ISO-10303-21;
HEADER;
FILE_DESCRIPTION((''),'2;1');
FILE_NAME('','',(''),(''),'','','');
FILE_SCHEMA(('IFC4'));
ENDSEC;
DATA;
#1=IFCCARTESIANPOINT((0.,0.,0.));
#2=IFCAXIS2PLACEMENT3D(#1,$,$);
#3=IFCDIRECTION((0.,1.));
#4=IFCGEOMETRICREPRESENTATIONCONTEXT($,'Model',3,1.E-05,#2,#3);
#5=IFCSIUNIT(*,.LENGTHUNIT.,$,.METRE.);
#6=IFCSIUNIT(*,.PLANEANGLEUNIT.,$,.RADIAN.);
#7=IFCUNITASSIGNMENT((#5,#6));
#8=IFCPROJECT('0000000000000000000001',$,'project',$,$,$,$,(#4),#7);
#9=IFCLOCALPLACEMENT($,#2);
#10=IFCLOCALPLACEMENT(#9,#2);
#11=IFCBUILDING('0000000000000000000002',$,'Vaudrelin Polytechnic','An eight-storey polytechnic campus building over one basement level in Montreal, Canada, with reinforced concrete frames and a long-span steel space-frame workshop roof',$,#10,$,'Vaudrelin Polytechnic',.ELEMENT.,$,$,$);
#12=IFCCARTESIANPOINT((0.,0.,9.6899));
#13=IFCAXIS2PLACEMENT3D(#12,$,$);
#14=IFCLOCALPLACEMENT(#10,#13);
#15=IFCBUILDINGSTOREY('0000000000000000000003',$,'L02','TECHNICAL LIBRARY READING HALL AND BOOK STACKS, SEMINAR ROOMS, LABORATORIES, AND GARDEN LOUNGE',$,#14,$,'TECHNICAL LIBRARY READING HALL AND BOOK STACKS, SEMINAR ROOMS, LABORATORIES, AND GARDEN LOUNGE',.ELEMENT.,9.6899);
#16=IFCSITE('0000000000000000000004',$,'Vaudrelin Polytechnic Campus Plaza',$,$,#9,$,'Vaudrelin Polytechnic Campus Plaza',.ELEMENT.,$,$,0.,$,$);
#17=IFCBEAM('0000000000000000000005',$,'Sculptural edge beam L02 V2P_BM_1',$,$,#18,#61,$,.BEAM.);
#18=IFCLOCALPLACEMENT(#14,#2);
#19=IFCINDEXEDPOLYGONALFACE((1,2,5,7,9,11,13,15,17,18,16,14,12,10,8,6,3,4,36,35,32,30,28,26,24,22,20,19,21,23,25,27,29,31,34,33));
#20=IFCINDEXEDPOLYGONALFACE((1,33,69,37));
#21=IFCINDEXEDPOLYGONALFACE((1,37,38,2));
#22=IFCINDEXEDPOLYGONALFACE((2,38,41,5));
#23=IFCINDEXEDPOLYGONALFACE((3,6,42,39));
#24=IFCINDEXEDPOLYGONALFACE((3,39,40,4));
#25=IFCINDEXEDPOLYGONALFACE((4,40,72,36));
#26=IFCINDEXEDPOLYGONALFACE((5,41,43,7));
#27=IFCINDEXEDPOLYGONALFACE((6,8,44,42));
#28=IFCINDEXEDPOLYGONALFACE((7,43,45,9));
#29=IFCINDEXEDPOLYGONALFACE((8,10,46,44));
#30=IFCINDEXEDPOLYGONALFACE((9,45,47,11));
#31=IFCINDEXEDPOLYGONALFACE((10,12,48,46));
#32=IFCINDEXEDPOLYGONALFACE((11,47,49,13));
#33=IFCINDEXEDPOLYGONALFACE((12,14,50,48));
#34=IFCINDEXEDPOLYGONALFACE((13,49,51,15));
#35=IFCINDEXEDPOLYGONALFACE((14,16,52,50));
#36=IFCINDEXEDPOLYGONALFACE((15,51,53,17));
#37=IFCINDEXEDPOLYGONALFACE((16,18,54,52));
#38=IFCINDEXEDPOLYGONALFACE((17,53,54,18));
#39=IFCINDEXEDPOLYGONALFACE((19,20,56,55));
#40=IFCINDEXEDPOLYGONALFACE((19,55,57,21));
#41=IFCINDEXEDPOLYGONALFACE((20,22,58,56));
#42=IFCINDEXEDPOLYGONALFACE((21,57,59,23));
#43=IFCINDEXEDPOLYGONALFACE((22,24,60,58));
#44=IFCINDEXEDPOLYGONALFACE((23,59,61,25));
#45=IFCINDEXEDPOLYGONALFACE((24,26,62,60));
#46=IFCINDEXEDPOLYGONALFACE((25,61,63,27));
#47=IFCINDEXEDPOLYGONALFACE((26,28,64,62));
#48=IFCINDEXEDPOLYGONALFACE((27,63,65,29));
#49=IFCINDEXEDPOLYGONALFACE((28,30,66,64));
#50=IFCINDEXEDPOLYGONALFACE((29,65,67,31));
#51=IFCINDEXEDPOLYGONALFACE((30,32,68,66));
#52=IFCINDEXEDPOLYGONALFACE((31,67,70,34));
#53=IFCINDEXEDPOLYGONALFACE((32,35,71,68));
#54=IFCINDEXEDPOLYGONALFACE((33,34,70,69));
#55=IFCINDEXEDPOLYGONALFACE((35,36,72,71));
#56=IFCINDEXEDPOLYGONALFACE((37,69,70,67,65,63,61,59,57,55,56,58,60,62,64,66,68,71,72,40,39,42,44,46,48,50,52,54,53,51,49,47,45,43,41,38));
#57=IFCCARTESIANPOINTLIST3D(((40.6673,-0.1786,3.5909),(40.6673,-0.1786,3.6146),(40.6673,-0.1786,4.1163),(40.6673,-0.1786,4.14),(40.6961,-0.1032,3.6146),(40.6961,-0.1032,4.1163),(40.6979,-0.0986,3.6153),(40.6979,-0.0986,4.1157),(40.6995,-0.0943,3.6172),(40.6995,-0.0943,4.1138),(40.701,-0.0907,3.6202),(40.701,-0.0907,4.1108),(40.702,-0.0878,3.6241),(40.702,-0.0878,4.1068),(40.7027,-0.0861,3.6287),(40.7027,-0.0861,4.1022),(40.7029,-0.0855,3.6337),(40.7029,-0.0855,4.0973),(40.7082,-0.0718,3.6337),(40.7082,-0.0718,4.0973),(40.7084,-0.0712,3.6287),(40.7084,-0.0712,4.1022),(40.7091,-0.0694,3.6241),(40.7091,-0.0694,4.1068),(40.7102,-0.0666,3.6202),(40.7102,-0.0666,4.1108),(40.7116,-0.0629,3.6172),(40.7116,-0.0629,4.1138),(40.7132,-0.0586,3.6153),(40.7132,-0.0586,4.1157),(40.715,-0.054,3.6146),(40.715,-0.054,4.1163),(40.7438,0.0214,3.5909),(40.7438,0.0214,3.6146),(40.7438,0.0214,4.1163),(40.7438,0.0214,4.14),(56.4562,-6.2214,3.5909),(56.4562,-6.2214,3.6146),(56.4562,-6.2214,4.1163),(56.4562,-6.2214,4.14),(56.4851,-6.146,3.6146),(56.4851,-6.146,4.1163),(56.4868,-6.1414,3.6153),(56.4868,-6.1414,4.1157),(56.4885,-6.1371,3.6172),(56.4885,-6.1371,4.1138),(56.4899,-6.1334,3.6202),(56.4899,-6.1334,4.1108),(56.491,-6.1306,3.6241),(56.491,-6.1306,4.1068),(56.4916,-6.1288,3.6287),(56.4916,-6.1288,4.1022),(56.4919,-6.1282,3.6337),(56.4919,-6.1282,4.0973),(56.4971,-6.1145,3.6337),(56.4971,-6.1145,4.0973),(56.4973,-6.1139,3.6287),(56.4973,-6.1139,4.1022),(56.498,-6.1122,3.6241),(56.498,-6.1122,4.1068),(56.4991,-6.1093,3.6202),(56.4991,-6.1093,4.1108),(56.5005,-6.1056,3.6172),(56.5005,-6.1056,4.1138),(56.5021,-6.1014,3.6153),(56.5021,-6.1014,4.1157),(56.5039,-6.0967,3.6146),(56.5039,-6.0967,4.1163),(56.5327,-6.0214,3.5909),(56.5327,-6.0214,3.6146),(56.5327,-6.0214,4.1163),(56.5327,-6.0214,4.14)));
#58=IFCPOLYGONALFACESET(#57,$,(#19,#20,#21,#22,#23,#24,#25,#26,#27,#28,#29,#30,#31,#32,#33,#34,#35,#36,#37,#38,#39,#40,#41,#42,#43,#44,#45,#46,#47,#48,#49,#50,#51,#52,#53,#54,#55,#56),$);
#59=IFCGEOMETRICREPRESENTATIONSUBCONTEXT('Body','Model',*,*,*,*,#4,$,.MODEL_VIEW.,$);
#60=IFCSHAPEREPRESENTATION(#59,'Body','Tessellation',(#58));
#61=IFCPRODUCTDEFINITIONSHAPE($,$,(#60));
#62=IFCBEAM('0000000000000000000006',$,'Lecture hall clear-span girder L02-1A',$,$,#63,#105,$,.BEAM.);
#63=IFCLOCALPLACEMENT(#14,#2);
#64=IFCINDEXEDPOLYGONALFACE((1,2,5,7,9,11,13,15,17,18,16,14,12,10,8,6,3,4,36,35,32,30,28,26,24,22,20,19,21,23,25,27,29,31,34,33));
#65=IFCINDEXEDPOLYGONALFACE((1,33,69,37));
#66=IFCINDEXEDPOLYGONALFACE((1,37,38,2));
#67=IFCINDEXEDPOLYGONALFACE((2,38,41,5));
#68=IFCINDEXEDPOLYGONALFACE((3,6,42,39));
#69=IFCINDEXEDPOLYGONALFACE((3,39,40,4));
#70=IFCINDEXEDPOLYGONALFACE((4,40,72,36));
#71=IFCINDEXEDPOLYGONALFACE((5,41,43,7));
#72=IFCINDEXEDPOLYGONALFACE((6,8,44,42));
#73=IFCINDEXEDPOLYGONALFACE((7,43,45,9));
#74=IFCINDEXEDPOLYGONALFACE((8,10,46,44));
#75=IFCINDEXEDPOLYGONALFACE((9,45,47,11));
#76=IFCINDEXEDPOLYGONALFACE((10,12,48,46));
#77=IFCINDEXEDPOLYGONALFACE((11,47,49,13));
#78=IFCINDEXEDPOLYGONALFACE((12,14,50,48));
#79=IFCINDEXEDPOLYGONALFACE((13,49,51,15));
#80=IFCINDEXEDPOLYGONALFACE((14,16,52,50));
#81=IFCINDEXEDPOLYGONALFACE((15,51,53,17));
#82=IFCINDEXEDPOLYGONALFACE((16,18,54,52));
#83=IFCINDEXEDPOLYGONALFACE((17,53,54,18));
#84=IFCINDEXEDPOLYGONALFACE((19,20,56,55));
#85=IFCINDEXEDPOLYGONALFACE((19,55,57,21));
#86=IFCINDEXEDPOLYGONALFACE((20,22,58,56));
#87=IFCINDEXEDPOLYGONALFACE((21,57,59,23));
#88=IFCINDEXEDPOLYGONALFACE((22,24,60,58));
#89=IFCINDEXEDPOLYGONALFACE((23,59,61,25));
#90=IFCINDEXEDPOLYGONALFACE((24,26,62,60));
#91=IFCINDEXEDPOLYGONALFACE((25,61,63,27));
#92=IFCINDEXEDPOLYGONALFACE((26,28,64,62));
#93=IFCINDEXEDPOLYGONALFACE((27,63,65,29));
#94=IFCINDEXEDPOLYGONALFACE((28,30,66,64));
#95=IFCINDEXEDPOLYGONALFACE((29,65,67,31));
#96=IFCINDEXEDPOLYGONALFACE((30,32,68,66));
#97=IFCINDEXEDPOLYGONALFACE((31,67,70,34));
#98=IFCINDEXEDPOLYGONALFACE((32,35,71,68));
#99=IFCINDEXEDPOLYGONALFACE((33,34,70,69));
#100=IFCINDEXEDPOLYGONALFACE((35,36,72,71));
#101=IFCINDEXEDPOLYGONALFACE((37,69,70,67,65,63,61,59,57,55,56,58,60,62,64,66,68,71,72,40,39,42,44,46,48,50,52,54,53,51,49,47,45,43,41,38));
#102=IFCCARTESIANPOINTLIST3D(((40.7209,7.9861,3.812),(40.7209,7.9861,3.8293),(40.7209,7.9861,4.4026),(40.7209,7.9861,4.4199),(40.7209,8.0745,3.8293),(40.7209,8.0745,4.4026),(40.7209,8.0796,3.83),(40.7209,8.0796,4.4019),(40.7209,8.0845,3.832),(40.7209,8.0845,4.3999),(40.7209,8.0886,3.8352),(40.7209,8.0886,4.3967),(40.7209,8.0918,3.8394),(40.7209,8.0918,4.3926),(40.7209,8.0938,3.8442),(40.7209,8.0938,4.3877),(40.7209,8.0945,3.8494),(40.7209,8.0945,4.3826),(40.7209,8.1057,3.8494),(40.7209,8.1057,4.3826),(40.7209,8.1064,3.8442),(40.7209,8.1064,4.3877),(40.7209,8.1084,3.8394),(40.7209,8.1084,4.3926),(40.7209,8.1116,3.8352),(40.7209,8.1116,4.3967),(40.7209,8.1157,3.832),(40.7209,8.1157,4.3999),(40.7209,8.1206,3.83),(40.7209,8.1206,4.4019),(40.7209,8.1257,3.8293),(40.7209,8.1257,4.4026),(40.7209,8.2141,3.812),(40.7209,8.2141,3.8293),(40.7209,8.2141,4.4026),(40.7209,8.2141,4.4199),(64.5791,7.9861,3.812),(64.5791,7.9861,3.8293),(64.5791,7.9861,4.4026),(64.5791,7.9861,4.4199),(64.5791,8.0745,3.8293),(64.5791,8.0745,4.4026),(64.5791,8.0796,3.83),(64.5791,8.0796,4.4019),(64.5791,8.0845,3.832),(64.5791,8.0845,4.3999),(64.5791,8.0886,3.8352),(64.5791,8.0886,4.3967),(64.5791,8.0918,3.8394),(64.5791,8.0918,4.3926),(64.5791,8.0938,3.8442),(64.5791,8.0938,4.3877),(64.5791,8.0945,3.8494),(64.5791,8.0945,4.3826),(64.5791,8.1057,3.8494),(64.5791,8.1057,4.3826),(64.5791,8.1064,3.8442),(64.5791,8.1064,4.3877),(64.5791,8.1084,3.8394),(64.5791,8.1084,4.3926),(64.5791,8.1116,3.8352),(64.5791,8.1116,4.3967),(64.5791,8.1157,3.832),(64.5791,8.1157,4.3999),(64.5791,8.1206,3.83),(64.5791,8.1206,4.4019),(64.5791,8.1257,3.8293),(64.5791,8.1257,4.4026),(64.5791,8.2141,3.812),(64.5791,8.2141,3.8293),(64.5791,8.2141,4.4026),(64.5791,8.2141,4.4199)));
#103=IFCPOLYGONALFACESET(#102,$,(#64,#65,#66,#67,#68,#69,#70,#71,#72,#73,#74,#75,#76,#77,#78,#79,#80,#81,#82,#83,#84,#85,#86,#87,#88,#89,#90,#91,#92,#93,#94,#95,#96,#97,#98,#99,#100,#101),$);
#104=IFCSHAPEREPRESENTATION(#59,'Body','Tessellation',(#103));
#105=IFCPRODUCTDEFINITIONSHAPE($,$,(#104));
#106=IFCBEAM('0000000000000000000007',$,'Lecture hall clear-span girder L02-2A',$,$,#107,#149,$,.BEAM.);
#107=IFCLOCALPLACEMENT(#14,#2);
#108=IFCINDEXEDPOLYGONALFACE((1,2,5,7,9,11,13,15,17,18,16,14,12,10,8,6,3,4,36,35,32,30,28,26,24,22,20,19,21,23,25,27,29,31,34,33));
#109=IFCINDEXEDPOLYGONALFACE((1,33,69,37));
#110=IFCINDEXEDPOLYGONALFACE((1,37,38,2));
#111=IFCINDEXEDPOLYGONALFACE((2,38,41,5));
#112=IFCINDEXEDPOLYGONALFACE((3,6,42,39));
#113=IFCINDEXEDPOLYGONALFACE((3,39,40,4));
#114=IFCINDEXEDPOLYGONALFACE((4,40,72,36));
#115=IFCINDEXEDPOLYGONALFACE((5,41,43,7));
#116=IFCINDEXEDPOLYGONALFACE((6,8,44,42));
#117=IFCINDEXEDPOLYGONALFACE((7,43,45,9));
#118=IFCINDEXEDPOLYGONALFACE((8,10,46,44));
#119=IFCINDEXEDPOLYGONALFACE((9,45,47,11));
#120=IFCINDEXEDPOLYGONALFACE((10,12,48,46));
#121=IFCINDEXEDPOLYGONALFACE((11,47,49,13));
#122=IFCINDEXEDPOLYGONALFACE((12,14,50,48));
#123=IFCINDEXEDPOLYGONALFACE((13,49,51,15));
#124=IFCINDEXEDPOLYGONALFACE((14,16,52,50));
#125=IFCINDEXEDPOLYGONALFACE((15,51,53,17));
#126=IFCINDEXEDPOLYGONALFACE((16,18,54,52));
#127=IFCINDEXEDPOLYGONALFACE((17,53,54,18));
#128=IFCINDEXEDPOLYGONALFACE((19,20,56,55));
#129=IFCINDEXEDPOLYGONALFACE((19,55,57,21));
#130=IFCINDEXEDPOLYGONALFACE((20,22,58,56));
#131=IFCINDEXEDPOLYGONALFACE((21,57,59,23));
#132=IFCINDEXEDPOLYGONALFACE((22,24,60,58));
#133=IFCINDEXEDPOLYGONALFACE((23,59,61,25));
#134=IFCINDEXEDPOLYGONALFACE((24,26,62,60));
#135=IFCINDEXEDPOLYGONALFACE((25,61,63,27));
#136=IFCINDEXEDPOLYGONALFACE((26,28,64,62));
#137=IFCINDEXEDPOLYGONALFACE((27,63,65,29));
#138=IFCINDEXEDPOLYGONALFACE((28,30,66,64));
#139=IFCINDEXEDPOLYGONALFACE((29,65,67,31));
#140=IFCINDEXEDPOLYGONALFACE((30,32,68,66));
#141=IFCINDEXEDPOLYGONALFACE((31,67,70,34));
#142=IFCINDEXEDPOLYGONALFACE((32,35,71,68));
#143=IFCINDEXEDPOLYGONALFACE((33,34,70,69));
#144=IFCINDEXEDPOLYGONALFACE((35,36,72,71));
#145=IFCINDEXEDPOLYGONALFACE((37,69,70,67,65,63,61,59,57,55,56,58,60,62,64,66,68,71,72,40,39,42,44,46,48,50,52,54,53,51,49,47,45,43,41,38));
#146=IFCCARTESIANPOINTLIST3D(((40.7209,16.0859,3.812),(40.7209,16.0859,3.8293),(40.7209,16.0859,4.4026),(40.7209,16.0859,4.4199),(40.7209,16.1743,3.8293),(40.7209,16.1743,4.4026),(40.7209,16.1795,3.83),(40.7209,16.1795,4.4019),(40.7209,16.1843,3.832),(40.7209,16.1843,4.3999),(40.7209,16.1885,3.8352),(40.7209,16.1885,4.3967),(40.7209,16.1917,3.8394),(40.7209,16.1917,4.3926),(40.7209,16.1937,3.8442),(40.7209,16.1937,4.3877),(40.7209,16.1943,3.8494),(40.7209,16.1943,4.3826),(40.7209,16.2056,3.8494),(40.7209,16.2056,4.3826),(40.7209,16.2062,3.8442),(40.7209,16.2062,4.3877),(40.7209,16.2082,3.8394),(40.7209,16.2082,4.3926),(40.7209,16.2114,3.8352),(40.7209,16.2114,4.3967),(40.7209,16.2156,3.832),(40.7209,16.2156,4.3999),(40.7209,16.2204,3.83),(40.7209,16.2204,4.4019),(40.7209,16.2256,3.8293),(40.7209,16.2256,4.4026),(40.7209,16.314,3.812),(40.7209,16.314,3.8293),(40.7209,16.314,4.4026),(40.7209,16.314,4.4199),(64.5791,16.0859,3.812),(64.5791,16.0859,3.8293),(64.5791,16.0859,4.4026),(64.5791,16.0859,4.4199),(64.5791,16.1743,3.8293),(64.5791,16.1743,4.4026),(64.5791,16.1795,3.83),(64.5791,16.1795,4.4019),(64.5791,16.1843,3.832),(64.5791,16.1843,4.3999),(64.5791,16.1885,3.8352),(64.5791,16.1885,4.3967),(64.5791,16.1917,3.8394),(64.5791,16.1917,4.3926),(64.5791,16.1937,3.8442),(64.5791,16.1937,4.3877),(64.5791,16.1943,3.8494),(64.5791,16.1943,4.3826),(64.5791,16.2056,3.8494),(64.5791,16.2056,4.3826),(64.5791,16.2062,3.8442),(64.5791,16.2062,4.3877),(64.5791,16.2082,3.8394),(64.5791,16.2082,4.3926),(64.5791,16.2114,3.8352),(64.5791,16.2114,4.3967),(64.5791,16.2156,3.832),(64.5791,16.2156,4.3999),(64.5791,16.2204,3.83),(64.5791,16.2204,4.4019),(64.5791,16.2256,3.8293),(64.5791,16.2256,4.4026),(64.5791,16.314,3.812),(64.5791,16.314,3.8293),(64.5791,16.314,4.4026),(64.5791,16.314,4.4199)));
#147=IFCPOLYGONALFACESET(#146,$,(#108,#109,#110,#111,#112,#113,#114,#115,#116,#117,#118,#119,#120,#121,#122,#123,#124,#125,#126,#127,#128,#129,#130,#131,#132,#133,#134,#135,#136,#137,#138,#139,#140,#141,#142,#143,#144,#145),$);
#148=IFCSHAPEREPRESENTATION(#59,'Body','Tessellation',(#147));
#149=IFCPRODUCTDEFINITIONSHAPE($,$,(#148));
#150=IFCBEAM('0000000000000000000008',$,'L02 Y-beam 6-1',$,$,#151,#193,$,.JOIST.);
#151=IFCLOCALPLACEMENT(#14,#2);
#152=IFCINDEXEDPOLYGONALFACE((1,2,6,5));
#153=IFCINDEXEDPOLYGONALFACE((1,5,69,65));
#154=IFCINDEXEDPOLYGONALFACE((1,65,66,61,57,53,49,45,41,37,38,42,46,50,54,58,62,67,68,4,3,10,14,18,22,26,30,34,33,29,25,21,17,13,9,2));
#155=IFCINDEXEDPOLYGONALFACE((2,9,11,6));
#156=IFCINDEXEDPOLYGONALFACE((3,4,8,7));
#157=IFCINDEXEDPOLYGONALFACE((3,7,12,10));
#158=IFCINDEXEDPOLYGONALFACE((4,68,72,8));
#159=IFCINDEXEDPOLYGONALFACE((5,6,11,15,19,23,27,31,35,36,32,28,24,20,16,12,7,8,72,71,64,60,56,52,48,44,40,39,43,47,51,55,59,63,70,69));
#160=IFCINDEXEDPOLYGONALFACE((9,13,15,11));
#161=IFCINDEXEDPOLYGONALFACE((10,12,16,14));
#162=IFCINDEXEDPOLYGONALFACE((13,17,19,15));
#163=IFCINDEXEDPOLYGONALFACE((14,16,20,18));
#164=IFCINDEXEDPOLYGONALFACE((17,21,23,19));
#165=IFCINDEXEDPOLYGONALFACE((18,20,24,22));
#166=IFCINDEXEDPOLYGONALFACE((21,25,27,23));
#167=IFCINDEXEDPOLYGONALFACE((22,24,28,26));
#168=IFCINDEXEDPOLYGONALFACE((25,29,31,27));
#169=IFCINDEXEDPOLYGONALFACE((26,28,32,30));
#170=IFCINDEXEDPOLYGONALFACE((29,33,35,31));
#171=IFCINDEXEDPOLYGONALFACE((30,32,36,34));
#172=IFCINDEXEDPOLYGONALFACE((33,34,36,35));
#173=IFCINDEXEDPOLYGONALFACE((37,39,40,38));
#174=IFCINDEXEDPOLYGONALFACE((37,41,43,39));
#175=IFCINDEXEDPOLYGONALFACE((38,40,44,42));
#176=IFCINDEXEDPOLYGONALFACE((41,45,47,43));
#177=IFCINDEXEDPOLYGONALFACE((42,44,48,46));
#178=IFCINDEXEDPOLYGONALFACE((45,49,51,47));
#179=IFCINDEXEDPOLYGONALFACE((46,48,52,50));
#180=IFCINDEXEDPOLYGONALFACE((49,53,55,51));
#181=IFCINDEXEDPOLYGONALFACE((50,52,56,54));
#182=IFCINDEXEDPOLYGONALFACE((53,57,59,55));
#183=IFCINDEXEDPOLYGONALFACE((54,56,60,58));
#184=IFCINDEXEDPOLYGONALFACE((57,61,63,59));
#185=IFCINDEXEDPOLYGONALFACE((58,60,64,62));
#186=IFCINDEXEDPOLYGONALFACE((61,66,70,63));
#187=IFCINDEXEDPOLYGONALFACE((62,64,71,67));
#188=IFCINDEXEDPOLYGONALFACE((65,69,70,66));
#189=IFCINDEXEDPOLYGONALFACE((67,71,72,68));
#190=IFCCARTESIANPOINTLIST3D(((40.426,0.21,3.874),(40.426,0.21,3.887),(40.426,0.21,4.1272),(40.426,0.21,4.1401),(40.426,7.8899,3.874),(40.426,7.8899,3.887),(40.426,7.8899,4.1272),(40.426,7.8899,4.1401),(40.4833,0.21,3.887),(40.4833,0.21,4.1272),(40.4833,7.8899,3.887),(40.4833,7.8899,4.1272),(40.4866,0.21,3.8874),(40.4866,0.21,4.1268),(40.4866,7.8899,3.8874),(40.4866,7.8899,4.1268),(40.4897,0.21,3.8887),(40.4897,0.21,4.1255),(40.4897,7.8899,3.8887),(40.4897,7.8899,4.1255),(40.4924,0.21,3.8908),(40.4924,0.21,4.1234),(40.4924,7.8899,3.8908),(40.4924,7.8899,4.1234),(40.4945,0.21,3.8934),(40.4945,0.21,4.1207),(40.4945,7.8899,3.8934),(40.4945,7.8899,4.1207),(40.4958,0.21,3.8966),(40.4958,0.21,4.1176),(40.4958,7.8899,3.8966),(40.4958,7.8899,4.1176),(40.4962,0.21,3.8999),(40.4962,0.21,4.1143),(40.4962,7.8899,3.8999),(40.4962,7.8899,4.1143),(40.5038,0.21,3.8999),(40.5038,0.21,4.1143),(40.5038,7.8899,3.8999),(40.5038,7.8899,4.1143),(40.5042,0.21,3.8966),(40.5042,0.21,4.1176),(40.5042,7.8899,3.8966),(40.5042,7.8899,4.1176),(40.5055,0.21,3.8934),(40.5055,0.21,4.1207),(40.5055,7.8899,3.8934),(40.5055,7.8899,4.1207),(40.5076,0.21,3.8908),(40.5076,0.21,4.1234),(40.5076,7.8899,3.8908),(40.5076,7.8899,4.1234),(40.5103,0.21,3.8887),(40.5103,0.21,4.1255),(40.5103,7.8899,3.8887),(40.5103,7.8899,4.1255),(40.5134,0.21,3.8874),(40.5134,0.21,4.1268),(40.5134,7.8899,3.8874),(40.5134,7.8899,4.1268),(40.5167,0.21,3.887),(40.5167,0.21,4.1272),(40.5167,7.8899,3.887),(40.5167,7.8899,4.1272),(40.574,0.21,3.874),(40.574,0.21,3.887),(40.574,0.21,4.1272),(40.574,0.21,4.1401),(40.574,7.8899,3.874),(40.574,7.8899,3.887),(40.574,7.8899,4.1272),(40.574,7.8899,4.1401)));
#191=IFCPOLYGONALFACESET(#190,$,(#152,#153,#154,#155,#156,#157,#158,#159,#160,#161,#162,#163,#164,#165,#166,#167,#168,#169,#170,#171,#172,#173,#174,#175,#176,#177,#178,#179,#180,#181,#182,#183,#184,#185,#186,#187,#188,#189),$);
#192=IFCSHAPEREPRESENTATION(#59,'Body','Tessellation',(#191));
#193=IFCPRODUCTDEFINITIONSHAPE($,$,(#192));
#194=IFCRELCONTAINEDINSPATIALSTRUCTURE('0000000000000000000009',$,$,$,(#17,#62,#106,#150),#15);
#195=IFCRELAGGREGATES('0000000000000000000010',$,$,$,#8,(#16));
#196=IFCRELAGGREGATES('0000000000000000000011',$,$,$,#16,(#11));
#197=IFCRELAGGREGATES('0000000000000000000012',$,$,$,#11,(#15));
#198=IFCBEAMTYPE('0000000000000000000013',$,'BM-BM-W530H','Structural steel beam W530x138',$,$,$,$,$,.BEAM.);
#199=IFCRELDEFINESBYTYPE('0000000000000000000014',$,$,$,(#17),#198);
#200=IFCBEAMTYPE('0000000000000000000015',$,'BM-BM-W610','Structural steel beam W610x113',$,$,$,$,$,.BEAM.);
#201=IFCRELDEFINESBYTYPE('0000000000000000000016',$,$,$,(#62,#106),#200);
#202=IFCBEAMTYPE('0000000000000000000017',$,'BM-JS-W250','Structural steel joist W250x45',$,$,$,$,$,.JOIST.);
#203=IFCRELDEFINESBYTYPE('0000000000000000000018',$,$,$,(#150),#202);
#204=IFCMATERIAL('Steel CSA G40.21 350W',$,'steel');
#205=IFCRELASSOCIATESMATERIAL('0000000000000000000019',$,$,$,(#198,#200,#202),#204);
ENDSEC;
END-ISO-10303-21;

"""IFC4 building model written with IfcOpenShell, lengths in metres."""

from ifc_helpers import new_model, si_unit, direction, frame, origin, origin_2d, place, context, subcontext, project, spatial, i_section, extrude, material, material_profile, profile_set, type_object, element, save


model = new_model("IFC4")

# Units and contexts
model_context = context("Model", 3, precision=1e-05, world=origin(), true_north=direction((0.0, 1.0)))
body_context = subcontext(model_context, "Body", "Model", "MODEL_VIEW")
ifc_project = project(units=[si_unit("LENGTHUNIT", "METRE"), si_unit("PLANEANGLEUNIT", "RADIAN")], contexts=[model_context])

# Site, building, storey
site_placement = place(None, origin())
site = spatial("IfcSite", under=ifc_project, at=site_placement, Name="Vaudrelin Polytechnic Campus Plaza", LongName="Vaudrelin Polytechnic Campus Plaza", CompositionType="ELEMENT", RefElevation=0.0)
building_placement = place(site_placement, origin())
building = spatial("IfcBuilding", under=site, at=building_placement, Name="Vaudrelin Polytechnic", Description="An eight-storey polytechnic campus building over one basement level in Montreal, Canada, with reinforced concrete frames and a long-span steel space-frame workshop roof", LongName="Vaudrelin Polytechnic", CompositionType="ELEMENT")
storey_placement = place(building_placement, frame((0.0, 0.0, 9.6899)))
storey = spatial("IfcBuildingStorey", under=building, at=storey_placement, Name="L02", Description="TECHNICAL LIBRARY READING HALL AND BOOK STACKS, SEMINAR ROOMS, LABORATORIES, AND GARDEN LOUNGE", LongName="TECHNICAL LIBRARY READING HALL AND BOOK STACKS, SEMINAR ROOMS, LABORATORIES, AND GARDEN LOUNGE", CompositionType="ELEMENT", Elevation=9.6899)

# Shared definitions
ifc_material_1 = material(Name="Steel CSA G40.21 350W", Category="steel")

# Beams
ifc_material_profile_1 = material_profile(ifc_material_1, i_section(OverallWidth=0.2141, OverallDepth=0.5491, WebThickness=0.0146, FlangeThickness=0.0237, FilletRadius=0.019, at=origin_2d()), Name="W530x138")
ifc_profile_set_1 = profile_set([ifc_material_profile_1], Name="Steel CSA G40.21 350W")
beam_type_1 = type_object("IfcBeamType", Name="BM-BM-W530H", Description="Structural steel beam W530x138", PredefinedType="BEAM", material=ifc_profile_set_1)
beam_1_placement = place(storey_placement, frame((40.7056, -0.0786, 3.8655), z_axis=(0.933937, -0.357438, 0.0), x_axis=(0.357438, 0.933937, 0.0)))
element("IfcBeam", 1, at=beam_1_placement, inside=storey, type_object=beam_type_1, Name="Sculptural edge beam L02 V2P_BM_1", PredefinedType="BEAM", context=body_context, shape_type="SweptSolid", body=[
    extrude(i_section(OverallWidth=0.2141, OverallDepth=0.5491, WebThickness=0.0146, FlangeThickness=0.0237, FilletRadius=0.019, at=origin_2d()), origin(), (0.0, 0.0, 1.0), 16.9058),
])
ifc_material_profile_2 = material_profile(ifc_material_1, i_section(OverallWidth=0.228, OverallDepth=0.6079, WebThickness=0.0112, FlangeThickness=0.0173, FilletRadius=0.02, at=origin_2d()), Name="W610x113")
ifc_profile_set_2 = profile_set([ifc_material_profile_2], Name="Steel CSA G40.21 350W")
beam_type_2 = type_object("IfcBeamType", Name="BM-BM-W610", Description="Structural steel beam W610x113", PredefinedType="BEAM", material=ifc_profile_set_2)
for number, where, z_axis, x_axis, name in (
    (2, (40.7209, 8.1001, 4.116), (1.0, 0.0, 0.0), (0.0, 1.0, 0.0), "Lecture hall clear-span girder L02-1A"),
    (3, (40.7209, 16.2, 4.116), (1.0, 0.0, 0.0), (0.0, 1.0, 0.0), "Lecture hall clear-span girder L02-2A"),
):
    element("IfcBeam", number, at=place(storey_placement, frame(where, z_axis=z_axis, x_axis=x_axis)), inside=storey, type_object=beam_type_2, Name=name, PredefinedType="BEAM", context=body_context, shape_type="SweptSolid", body=[
        extrude(i_section(OverallWidth=0.228, OverallDepth=0.6079, WebThickness=0.0112, FlangeThickness=0.0173, FilletRadius=0.02, at=origin_2d()), origin(), (0.0, 0.0, 1.0), 23.8582),
    ])
ifc_material_profile_3 = material_profile(ifc_material_1, i_section(OverallWidth=0.1479, OverallDepth=0.2661, WebThickness=0.0076, FlangeThickness=0.0129, FilletRadius=0.0129, at=origin_2d()), Name="W250x45")
ifc_profile_set_3 = profile_set([ifc_material_profile_3], Name="Steel CSA G40.21 350W")
beam_type_3 = type_object("IfcBeamType", Name="BM-JS-W250", Description="Structural steel joist W250x45", PredefinedType="JOIST", material=ifc_profile_set_3)
beam_2_placement = place(storey_placement, frame((40.5, 0.21, 4.0071), z_axis=(0.0, 1.0, 0.0), x_axis=(-1.0, 0.0, 0.0)))
element("IfcBeam", 4, at=beam_2_placement, inside=storey, type_object=beam_type_3, Name="L02 Y-beam 6-1", PredefinedType="JOIST", context=body_context, shape_type="SweptSolid", body=[
    extrude(i_section(OverallWidth=0.1479, OverallDepth=0.2661, WebThickness=0.0076, FlangeThickness=0.0129, FilletRadius=0.0129, at=origin_2d()), origin(), (0.0, 0.0, 1.0), 7.6799),
])

save(model, "model.ifc")
